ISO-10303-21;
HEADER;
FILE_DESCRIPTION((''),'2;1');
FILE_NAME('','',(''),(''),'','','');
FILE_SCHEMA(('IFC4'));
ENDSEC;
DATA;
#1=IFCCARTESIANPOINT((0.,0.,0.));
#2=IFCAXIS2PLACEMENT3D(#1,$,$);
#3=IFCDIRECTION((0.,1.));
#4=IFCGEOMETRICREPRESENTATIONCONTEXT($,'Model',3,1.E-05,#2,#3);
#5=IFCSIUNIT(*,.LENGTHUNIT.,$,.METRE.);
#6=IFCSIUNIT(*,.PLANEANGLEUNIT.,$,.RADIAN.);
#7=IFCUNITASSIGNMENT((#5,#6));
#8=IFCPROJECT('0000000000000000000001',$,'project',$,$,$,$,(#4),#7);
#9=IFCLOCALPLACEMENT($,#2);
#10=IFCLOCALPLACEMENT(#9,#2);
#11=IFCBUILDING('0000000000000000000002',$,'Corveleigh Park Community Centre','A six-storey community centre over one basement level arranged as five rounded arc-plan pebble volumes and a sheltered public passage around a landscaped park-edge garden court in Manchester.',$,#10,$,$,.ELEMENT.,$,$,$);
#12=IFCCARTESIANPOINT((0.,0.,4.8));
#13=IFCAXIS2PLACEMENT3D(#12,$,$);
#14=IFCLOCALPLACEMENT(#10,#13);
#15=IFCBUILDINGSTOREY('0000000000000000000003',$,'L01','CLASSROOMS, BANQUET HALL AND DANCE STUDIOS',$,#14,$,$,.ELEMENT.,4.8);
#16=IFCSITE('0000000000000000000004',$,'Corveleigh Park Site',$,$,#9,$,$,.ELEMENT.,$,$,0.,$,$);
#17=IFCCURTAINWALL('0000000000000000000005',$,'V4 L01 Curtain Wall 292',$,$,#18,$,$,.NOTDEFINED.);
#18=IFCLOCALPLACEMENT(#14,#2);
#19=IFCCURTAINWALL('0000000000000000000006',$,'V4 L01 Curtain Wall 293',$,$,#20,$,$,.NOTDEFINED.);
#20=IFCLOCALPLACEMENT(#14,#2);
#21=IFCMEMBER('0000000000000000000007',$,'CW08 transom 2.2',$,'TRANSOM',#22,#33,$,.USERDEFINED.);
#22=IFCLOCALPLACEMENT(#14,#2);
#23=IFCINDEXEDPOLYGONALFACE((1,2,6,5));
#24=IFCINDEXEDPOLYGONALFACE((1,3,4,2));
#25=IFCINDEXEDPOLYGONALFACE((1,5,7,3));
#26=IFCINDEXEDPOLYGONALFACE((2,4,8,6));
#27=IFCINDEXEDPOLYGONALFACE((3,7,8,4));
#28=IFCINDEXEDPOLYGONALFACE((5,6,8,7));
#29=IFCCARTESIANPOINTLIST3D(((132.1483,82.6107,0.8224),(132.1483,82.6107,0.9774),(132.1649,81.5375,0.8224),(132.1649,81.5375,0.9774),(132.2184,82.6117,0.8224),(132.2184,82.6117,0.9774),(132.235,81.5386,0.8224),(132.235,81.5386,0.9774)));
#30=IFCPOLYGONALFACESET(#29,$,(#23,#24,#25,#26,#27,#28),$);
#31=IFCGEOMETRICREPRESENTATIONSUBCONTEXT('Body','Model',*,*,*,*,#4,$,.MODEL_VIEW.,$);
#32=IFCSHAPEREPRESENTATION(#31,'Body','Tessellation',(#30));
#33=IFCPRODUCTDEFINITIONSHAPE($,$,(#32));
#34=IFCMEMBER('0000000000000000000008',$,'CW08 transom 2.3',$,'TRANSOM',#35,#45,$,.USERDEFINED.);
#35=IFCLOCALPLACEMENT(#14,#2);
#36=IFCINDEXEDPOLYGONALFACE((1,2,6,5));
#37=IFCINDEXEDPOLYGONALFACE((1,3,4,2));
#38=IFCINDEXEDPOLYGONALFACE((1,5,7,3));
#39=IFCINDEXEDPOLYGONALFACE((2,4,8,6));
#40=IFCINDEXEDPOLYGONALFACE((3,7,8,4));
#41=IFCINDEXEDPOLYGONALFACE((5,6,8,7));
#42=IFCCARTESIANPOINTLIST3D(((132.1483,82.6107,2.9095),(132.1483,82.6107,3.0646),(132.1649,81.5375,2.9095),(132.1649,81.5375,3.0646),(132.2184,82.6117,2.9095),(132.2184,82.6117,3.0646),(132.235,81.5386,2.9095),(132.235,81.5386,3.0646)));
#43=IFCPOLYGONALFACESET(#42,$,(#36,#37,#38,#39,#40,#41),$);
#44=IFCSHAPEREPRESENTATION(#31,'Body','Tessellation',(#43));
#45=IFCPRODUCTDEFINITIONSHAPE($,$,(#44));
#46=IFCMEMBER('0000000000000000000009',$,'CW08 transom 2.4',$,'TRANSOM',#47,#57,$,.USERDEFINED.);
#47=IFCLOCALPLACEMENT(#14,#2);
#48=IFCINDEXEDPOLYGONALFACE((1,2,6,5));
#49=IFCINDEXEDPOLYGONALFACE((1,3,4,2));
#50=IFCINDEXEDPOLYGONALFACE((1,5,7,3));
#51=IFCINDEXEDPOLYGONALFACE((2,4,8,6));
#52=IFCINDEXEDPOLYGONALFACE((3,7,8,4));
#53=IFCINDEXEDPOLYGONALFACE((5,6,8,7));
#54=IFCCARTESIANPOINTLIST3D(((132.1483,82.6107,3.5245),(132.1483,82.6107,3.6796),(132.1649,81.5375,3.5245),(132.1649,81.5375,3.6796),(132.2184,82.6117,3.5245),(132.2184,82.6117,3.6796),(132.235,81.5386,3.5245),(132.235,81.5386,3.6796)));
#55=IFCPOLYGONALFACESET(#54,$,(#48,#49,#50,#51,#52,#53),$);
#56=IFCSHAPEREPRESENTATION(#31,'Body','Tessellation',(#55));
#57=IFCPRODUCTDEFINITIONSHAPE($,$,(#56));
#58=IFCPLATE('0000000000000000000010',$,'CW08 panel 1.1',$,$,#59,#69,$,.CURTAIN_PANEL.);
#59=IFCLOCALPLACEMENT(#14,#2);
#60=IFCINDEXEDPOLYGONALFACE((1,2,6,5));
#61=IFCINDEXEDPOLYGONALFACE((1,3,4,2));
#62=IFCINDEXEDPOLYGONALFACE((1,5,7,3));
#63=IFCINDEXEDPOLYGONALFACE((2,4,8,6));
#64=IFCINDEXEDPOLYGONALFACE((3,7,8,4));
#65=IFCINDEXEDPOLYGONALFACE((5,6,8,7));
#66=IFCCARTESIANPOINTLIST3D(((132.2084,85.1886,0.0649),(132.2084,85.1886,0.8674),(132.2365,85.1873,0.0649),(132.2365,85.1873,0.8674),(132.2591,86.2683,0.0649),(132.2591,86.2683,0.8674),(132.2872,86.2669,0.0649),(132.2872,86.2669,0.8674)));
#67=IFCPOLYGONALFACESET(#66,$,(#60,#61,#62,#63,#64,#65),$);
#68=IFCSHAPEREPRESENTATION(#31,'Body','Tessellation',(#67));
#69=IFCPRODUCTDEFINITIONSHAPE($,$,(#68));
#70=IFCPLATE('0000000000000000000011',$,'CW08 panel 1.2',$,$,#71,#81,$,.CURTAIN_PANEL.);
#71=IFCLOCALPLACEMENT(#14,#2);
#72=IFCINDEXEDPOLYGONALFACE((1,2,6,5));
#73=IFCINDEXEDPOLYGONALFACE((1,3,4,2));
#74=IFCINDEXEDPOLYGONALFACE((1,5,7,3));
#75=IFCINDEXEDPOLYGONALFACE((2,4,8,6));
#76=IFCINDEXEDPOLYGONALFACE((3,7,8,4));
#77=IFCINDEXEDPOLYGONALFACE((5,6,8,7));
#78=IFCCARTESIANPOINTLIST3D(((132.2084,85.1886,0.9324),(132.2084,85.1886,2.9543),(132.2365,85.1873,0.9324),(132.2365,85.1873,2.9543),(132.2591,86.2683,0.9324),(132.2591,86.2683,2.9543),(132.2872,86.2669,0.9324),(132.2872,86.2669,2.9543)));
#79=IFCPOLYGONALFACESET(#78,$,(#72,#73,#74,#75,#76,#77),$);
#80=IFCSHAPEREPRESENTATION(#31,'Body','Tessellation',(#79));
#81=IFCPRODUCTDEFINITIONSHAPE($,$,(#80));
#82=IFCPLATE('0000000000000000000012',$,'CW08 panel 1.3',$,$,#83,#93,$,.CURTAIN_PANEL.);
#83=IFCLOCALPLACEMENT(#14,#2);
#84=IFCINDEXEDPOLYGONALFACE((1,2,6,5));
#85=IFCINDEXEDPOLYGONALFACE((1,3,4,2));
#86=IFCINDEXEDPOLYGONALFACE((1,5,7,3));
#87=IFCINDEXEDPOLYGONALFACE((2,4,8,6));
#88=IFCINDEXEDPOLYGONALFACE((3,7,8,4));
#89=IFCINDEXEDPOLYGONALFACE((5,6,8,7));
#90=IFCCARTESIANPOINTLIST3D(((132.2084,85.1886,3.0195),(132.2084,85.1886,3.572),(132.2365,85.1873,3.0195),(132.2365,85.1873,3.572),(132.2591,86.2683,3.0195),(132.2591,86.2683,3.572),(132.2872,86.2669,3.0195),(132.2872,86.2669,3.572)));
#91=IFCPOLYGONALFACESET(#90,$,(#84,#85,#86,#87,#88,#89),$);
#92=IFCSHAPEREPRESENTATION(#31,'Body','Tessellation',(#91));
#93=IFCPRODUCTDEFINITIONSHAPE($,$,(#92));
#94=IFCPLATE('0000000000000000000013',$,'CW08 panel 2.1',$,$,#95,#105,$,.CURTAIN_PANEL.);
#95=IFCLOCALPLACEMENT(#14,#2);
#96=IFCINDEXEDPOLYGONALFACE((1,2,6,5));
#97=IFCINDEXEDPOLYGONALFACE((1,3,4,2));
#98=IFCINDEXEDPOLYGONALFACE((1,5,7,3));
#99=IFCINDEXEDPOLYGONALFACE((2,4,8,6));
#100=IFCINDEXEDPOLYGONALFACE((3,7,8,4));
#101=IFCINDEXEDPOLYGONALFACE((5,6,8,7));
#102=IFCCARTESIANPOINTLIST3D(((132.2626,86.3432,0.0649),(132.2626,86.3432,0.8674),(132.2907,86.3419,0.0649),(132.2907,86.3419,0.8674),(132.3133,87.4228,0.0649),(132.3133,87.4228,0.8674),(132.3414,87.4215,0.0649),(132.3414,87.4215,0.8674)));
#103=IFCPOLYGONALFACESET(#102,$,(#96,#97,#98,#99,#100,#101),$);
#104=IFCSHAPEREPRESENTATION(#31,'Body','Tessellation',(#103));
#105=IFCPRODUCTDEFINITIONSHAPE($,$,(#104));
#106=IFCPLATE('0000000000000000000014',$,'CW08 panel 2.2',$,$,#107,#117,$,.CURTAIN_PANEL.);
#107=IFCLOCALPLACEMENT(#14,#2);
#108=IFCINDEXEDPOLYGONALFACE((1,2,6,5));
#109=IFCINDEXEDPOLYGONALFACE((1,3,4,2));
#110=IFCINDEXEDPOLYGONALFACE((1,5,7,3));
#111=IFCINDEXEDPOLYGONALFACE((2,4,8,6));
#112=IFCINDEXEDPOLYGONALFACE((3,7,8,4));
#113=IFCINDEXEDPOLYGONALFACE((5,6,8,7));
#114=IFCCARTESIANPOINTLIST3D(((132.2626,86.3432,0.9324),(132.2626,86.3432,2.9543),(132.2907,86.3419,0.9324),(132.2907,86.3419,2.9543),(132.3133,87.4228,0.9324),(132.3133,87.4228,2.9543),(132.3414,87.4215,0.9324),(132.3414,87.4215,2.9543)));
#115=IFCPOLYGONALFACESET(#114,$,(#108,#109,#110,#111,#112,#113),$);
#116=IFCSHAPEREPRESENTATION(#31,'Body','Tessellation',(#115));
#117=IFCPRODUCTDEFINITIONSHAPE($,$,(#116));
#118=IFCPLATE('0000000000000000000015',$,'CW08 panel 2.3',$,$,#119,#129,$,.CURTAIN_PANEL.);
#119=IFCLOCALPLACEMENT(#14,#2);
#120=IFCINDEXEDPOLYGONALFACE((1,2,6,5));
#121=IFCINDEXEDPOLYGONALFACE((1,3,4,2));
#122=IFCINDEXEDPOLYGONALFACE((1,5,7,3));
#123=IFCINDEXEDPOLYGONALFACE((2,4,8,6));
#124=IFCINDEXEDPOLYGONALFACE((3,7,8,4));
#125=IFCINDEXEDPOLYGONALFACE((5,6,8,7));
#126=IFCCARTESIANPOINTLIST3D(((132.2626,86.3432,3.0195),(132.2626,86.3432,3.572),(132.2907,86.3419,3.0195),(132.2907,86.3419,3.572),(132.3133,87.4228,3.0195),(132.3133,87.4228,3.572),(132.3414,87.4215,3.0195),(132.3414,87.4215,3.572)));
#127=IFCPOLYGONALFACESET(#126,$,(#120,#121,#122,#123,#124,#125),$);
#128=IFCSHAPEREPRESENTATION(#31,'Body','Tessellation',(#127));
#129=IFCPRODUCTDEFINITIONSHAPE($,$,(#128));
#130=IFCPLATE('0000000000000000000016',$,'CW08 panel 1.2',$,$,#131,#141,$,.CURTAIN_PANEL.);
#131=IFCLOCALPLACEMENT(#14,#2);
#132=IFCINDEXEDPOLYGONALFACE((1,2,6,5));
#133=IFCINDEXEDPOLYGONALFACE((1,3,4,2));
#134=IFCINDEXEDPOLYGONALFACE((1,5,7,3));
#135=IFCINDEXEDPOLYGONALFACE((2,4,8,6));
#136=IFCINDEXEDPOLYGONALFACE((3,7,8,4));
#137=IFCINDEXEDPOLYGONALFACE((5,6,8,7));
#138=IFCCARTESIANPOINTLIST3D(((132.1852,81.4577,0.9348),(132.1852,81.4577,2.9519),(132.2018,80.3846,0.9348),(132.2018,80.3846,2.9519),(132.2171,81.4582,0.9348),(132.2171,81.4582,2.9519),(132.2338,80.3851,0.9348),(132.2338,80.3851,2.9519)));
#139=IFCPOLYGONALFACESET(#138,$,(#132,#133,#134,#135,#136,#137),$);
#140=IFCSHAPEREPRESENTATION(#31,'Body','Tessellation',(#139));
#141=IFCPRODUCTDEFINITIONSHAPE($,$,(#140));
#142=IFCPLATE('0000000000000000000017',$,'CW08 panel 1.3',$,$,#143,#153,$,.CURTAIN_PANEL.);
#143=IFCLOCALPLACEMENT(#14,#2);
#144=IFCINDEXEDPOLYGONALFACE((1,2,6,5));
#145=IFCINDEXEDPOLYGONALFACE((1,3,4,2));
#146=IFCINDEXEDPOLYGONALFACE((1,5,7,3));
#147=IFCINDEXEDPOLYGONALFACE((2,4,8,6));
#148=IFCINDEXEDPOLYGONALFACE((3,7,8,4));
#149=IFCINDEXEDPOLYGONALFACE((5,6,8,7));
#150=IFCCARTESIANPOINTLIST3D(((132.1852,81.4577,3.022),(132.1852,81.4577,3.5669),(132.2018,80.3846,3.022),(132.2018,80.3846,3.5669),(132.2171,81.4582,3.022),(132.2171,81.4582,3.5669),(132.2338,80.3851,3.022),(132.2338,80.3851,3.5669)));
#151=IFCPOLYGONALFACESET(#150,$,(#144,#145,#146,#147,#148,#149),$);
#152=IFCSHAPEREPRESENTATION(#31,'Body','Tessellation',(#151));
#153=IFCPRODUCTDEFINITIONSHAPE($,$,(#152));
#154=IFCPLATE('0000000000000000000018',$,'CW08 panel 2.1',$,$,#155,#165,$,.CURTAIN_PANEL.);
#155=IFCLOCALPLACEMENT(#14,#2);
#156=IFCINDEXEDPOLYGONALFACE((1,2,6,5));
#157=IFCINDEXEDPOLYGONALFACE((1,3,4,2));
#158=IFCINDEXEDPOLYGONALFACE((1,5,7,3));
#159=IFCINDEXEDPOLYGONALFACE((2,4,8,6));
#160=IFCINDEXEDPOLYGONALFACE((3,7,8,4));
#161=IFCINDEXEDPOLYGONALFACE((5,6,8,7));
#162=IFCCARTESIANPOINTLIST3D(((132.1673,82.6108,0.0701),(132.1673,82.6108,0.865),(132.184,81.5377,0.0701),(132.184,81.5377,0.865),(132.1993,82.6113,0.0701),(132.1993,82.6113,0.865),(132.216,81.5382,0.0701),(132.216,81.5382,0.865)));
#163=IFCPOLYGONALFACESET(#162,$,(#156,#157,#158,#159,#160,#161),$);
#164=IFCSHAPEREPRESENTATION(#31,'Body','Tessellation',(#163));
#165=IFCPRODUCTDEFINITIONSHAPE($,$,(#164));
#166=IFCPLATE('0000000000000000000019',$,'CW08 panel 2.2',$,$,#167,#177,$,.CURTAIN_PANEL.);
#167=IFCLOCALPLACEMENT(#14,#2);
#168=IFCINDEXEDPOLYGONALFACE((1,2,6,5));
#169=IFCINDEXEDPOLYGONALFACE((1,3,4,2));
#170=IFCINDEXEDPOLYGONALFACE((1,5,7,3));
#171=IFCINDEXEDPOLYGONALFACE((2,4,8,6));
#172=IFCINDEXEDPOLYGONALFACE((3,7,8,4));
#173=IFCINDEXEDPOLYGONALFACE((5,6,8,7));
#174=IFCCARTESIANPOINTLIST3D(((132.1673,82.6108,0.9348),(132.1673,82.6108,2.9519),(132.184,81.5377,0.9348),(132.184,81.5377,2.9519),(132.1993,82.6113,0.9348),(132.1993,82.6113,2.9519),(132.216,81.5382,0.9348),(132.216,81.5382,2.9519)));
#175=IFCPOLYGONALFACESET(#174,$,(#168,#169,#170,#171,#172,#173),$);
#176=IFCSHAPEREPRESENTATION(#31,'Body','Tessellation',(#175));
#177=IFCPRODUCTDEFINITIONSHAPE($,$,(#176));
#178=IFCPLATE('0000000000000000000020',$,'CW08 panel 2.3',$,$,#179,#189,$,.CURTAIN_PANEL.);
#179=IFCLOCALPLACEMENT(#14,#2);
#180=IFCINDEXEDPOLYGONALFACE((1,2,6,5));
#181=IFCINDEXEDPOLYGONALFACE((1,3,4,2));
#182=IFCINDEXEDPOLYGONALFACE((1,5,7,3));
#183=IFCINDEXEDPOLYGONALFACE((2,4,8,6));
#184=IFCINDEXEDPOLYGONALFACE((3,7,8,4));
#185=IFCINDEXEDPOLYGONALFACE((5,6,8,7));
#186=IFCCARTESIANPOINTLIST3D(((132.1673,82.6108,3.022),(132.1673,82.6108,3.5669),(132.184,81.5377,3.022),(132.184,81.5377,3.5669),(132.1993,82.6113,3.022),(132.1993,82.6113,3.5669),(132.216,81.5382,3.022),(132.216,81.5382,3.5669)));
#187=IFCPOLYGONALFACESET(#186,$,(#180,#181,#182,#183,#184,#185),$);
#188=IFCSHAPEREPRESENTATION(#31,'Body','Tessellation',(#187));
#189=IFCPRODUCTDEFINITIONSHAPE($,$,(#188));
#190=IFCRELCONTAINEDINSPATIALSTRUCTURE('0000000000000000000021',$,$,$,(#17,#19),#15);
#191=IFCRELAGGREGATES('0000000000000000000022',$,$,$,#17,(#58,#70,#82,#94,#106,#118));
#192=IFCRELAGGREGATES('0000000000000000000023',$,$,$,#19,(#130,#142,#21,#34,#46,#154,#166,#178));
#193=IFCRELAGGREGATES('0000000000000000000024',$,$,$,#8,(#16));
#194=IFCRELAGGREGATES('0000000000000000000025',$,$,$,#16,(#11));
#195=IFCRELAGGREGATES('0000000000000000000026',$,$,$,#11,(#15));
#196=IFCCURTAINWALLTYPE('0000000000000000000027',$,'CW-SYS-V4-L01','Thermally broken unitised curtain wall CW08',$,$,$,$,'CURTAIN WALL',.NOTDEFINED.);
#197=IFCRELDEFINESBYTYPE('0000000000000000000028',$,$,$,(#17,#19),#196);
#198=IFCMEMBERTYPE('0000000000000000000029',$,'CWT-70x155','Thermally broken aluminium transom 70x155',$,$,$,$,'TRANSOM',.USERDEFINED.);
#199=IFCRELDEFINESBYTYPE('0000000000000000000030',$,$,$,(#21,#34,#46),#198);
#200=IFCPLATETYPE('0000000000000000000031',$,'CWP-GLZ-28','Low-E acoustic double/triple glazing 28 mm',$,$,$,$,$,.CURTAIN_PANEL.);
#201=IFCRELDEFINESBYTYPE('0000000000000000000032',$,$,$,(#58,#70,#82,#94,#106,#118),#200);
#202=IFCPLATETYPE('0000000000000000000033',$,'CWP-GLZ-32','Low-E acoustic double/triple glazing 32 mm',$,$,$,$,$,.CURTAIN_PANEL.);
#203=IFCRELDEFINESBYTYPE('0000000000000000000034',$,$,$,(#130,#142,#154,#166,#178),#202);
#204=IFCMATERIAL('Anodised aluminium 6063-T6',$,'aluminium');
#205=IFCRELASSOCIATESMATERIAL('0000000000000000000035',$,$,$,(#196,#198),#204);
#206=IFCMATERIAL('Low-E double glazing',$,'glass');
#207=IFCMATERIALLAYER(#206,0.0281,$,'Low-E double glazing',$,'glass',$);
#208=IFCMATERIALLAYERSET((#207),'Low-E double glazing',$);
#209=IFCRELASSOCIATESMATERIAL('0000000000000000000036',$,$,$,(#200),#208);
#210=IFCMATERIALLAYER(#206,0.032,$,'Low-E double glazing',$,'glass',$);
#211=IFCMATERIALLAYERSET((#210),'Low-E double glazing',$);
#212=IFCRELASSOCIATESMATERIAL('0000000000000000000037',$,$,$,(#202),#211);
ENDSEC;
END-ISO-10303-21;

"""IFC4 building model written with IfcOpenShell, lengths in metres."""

from ifc_helpers import new_model, si_unit, direction, frame, origin, origin_2d, place, context, subcontext, project, spatial, rectangle, extrude, material, layer, layer_set, material_profile, profile_set, type_object, element, aggregate, save


model = new_model("IFC4")

# Units and contexts
model_context = context("Model", 3, precision=1e-05, world=origin(), true_north=direction((0.0, 1.0)))
body_context = subcontext(model_context, "Body", "Model", "MODEL_VIEW")
ifc_project = project(units=[si_unit("LENGTHUNIT", "METRE"), si_unit("PLANEANGLEUNIT", "RADIAN")], contexts=[model_context])

# Site, building, storey
site_placement = place(None, origin())
site = spatial("IfcSite", under=ifc_project, at=site_placement, Name="Corveleigh Park Site", CompositionType="ELEMENT", RefElevation=0.0)
building_placement = place(site_placement, origin())
building = spatial("IfcBuilding", under=site, at=building_placement, Name="Corveleigh Park Community Centre", Description="A six-storey community centre over one basement level arranged as five rounded arc-plan pebble volumes and a sheltered public passage around a landscaped park-edge garden court in Manchester.", CompositionType="ELEMENT")
storey_placement = place(building_placement, frame((0.0, 0.0, 4.8)))
storey = spatial("IfcBuildingStorey", under=building, at=storey_placement, Name="L01", Description="CLASSROOMS, BANQUET HALL AND DANCE STUDIOS", CompositionType="ELEMENT", Elevation=4.8)

# Curtain walls
ifc_material_1 = material(Name="Anodised aluminium 6063-T6", Category="aluminium")
curtain_wall_type = type_object("IfcCurtainWallType", Name="CW-SYS-V4-L01", Description="Thermally broken unitised curtain wall CW08", ElementType="CURTAIN WALL", PredefinedType="NOTDEFINED", material=ifc_material_1)
curtain_wall_1_placement = place(storey_placement, origin())
curtain_wall_1 = element("IfcCurtainWall", 1, at=curtain_wall_1_placement, inside=storey, type_object=curtain_wall_type, Name="V4 L01 Curtain Wall 292", PredefinedType="NOTDEFINED")
curtain_wall_2_placement = place(storey_placement, origin())
curtain_wall_2 = element("IfcCurtainWall", 2, at=curtain_wall_2_placement, inside=storey, type_object=curtain_wall_type, Name="V4 L01 Curtain Wall 293", PredefinedType="NOTDEFINED")

# Members
ifc_material_profile_1 = material_profile(ifc_material_1, rectangle(XDim=0.0701, YDim=0.155, at=origin_2d()), Name="ALU-T70x155", Category="aluminium")
ifc_profile_set_1 = profile_set([ifc_material_profile_1], Name="Anodised aluminium 6063-T6")
member_type_1 = type_object("IfcMemberType", Name="CWT-70x155", Description="Thermally broken aluminium transom 70x155", ElementType="TRANSOM", PredefinedType="USERDEFINED", material=ifc_profile_set_1)
member_1_placement = place(storey_placement, frame((132.2, 81.5381, 0.8999), z_axis=(-0.01547, 0.99988, 0.0), x_axis=(-0.99988, -0.01547, 0.0)))
member_1 = element("IfcMember", 3, at=member_1_placement, type_object=member_type_1, Name="CW08 transom 2.2", ObjectType="TRANSOM", PredefinedType="USERDEFINED", context=body_context, shape_type="SweptSolid", body=[
    extrude(rectangle(XDim=0.0701, YDim=0.155, at=origin_2d()), origin(), (0.0, 0.0, 1.0), 1.0732),
])
member_2_placement = place(storey_placement, frame((132.2, 81.5381, 2.9871), z_axis=(-0.01547, 0.99988, 0.0), x_axis=(-0.99988, -0.01547, 0.0)))
member_2 = element("IfcMember", 4, at=member_2_placement, type_object=member_type_1, Name="CW08 transom 2.3", ObjectType="TRANSOM", PredefinedType="USERDEFINED", context=body_context, shape_type="SweptSolid", body=[
    extrude(rectangle(XDim=0.0701, YDim=0.155, at=origin_2d()), origin(), (0.0, 0.0, 1.0), 1.0732),
])
member_3_placement = place(storey_placement, frame((132.2, 81.5381, 3.6021), z_axis=(-0.01547, 0.99988, 0.0), x_axis=(-0.99988, -0.01547, 0.0)))
member_3 = element("IfcMember", 5, at=member_3_placement, type_object=member_type_1, Name="CW08 transom 2.4", ObjectType="TRANSOM", PredefinedType="USERDEFINED", context=body_context, shape_type="SweptSolid", body=[
    extrude(rectangle(XDim=0.0701, YDim=0.155, at=origin_2d()), origin(), (0.0, 0.0, 1.0), 1.0732),
])

# Plates
ifc_material_2 = material(Name="Low-E double glazing", Category="glass")
ifc_layer_1 = layer(ifc_material_2, 0.0281, Name="Low-E double glazing", Category="glass")
ifc_layer_set_1 = layer_set([ifc_layer_1], Name="Low-E double glazing")
plate_type_1 = type_object("IfcPlateType", Name="CWP-GLZ-28", Description="Low-E acoustic double/triple glazing 28 mm", PredefinedType="CURTAIN_PANEL", material=ifc_layer_set_1)
plate_1_placement = place(storey_placement, frame((132.2478, 85.7278, 0.0649), z_axis=(0.0, 0.0, 1.0), x_axis=(0.046928, 0.998898, 0.0)))
plate_1 = element("IfcPlate", 6, at=plate_1_placement, type_object=plate_type_1, Name="CW08 panel 1.1", PredefinedType="CURTAIN_PANEL", context=body_context, shape_type="SweptSolid", body=[
    extrude(rectangle(XDim=1.0808, YDim=0.0281, at=origin_2d()), origin(), (0.0, 0.0, 1.0), 0.8025),
])
plate_2_placement = place(storey_placement, frame((132.2478, 85.7278, 0.9324), z_axis=(0.0, 0.0, 1.0), x_axis=(0.046928, 0.998898, 0.0)))
plate_2 = element("IfcPlate", 7, at=plate_2_placement, type_object=plate_type_1, Name="CW08 panel 1.2", PredefinedType="CURTAIN_PANEL", context=body_context, shape_type="SweptSolid", body=[
    extrude(rectangle(XDim=1.0808, YDim=0.0281, at=origin_2d()), origin(), (0.0, 0.0, 1.0), 2.022),
])
plate_3_placement = place(storey_placement, frame((132.2478, 85.7278, 3.0195), z_axis=(0.0, 0.0, 1.0), x_axis=(0.046928, 0.998898, 0.0)))
plate_3 = element("IfcPlate", 8, at=plate_3_placement, type_object=plate_type_1, Name="CW08 panel 1.3", PredefinedType="CURTAIN_PANEL", context=body_context, shape_type="SweptSolid", body=[
    extrude(rectangle(XDim=1.0808, YDim=0.0281, at=origin_2d()), origin(), (0.0, 0.0, 1.0), 0.5525),
])
plate_4_placement = place(storey_placement, frame((132.302, 86.8823, 0.0649), z_axis=(0.0, 0.0, 1.0), x_axis=(0.046928, 0.998898, 0.0)))
plate_4 = element("IfcPlate", 9, at=plate_4_placement, type_object=plate_type_1, Name="CW08 panel 2.1", PredefinedType="CURTAIN_PANEL", context=body_context, shape_type="SweptSolid", body=[
    extrude(rectangle(XDim=1.0808, YDim=0.0281, at=origin_2d()), origin(), (0.0, 0.0, 1.0), 0.8025),
])
plate_5_placement = place(storey_placement, frame((132.302, 86.8823, 0.9324), z_axis=(0.0, 0.0, 1.0), x_axis=(0.046928, 0.998898, 0.0)))
plate_5 = element("IfcPlate", 10, at=plate_5_placement, type_object=plate_type_1, Name="CW08 panel 2.2", PredefinedType="CURTAIN_PANEL", context=body_context, shape_type="SweptSolid", body=[
    extrude(rectangle(XDim=1.0808, YDim=0.0281, at=origin_2d()), origin(), (0.0, 0.0, 1.0), 2.022),
])
plate_6_placement = place(storey_placement, frame((132.302, 86.8823, 3.0195), z_axis=(0.0, 0.0, 1.0), x_axis=(0.046928, 0.998898, 0.0)))
plate_6 = element("IfcPlate", 11, at=plate_6_placement, type_object=plate_type_1, Name="CW08 panel 2.3", PredefinedType="CURTAIN_PANEL", context=body_context, shape_type="SweptSolid", body=[
    extrude(rectangle(XDim=1.0808, YDim=0.0281, at=origin_2d()), origin(), (0.0, 0.0, 1.0), 0.5525),
])
aggregate(curtain_wall_1, [plate_1, plate_2, plate_3, plate_4, plate_5, plate_6])
ifc_layer_2 = layer(ifc_material_2, 0.032, Name="Low-E double glazing", Category="glass")
ifc_layer_set_2 = layer_set([ifc_layer_2], Name="Low-E double glazing")
plate_type_2 = type_object("IfcPlateType", Name="CWP-GLZ-32", Description="Low-E acoustic double/triple glazing 32 mm", PredefinedType="CURTAIN_PANEL", material=ifc_layer_set_2)
plate_7_placement = place(storey_placement, frame((132.2095, 80.9214, 0.9348), z_axis=(0.0, 0.0, 1.0), x_axis=(-0.015505, 0.99988, 0.0)))
plate_7 = element("IfcPlate", 12, at=plate_7_placement, type_object=plate_type_2, Name="CW08 panel 1.2", PredefinedType="CURTAIN_PANEL", context=body_context, shape_type="SweptSolid", body=[
    extrude(rectangle(XDim=1.0732, YDim=0.032, at=origin_2d()), origin(), (0.0, 0.0, 1.0), 2.0171),
])
plate_8_placement = place(storey_placement, frame((132.2095, 80.9214, 3.022), z_axis=(0.0, 0.0, 1.0), x_axis=(-0.015505, 0.99988, 0.0)))
plate_8 = element("IfcPlate", 13, at=plate_8_placement, type_object=plate_type_2, Name="CW08 panel 1.3", PredefinedType="CURTAIN_PANEL", context=body_context, shape_type="SweptSolid", body=[
    extrude(rectangle(XDim=1.0732, YDim=0.032, at=origin_2d()), origin(), (0.0, 0.0, 1.0), 0.5449),
])
plate_9_placement = place(storey_placement, frame((132.1917, 82.0745, 0.0701), z_axis=(0.0, 0.0, 1.0), x_axis=(-0.015505, 0.99988, 0.0)))
plate_9 = element("IfcPlate", 14, at=plate_9_placement, type_object=plate_type_2, Name="CW08 panel 2.1", PredefinedType="CURTAIN_PANEL", context=body_context, shape_type="SweptSolid", body=[
    extrude(rectangle(XDim=1.0732, YDim=0.032, at=origin_2d()), origin(), (0.0, 0.0, 1.0), 0.7949),
])
plate_10_placement = place(storey_placement, frame((132.1917, 82.0745, 0.9348), z_axis=(0.0, 0.0, 1.0), x_axis=(-0.015505, 0.99988, 0.0)))
plate_10 = element("IfcPlate", 15, at=plate_10_placement, type_object=plate_type_2, Name="CW08 panel 2.2", PredefinedType="CURTAIN_PANEL", context=body_context, shape_type="SweptSolid", body=[
    extrude(rectangle(XDim=1.0732, YDim=0.032, at=origin_2d()), origin(), (0.0, 0.0, 1.0), 2.0171),
])
plate_11_placement = place(storey_placement, frame((132.1917, 82.0745, 3.022), z_axis=(0.0, 0.0, 1.0), x_axis=(-0.015505, 0.99988, 0.0)))
plate_11 = element("IfcPlate", 16, at=plate_11_placement, type_object=plate_type_2, Name="CW08 panel 2.3", PredefinedType="CURTAIN_PANEL", context=body_context, shape_type="SweptSolid", body=[
    extrude(rectangle(XDim=1.0732, YDim=0.032, at=origin_2d()), origin(), (0.0, 0.0, 1.0), 0.5449),
])
aggregate(curtain_wall_2, [plate_7, plate_8, member_1, member_2, member_3, plate_9, plate_10, plate_11])

save(model, "model.ifc")
